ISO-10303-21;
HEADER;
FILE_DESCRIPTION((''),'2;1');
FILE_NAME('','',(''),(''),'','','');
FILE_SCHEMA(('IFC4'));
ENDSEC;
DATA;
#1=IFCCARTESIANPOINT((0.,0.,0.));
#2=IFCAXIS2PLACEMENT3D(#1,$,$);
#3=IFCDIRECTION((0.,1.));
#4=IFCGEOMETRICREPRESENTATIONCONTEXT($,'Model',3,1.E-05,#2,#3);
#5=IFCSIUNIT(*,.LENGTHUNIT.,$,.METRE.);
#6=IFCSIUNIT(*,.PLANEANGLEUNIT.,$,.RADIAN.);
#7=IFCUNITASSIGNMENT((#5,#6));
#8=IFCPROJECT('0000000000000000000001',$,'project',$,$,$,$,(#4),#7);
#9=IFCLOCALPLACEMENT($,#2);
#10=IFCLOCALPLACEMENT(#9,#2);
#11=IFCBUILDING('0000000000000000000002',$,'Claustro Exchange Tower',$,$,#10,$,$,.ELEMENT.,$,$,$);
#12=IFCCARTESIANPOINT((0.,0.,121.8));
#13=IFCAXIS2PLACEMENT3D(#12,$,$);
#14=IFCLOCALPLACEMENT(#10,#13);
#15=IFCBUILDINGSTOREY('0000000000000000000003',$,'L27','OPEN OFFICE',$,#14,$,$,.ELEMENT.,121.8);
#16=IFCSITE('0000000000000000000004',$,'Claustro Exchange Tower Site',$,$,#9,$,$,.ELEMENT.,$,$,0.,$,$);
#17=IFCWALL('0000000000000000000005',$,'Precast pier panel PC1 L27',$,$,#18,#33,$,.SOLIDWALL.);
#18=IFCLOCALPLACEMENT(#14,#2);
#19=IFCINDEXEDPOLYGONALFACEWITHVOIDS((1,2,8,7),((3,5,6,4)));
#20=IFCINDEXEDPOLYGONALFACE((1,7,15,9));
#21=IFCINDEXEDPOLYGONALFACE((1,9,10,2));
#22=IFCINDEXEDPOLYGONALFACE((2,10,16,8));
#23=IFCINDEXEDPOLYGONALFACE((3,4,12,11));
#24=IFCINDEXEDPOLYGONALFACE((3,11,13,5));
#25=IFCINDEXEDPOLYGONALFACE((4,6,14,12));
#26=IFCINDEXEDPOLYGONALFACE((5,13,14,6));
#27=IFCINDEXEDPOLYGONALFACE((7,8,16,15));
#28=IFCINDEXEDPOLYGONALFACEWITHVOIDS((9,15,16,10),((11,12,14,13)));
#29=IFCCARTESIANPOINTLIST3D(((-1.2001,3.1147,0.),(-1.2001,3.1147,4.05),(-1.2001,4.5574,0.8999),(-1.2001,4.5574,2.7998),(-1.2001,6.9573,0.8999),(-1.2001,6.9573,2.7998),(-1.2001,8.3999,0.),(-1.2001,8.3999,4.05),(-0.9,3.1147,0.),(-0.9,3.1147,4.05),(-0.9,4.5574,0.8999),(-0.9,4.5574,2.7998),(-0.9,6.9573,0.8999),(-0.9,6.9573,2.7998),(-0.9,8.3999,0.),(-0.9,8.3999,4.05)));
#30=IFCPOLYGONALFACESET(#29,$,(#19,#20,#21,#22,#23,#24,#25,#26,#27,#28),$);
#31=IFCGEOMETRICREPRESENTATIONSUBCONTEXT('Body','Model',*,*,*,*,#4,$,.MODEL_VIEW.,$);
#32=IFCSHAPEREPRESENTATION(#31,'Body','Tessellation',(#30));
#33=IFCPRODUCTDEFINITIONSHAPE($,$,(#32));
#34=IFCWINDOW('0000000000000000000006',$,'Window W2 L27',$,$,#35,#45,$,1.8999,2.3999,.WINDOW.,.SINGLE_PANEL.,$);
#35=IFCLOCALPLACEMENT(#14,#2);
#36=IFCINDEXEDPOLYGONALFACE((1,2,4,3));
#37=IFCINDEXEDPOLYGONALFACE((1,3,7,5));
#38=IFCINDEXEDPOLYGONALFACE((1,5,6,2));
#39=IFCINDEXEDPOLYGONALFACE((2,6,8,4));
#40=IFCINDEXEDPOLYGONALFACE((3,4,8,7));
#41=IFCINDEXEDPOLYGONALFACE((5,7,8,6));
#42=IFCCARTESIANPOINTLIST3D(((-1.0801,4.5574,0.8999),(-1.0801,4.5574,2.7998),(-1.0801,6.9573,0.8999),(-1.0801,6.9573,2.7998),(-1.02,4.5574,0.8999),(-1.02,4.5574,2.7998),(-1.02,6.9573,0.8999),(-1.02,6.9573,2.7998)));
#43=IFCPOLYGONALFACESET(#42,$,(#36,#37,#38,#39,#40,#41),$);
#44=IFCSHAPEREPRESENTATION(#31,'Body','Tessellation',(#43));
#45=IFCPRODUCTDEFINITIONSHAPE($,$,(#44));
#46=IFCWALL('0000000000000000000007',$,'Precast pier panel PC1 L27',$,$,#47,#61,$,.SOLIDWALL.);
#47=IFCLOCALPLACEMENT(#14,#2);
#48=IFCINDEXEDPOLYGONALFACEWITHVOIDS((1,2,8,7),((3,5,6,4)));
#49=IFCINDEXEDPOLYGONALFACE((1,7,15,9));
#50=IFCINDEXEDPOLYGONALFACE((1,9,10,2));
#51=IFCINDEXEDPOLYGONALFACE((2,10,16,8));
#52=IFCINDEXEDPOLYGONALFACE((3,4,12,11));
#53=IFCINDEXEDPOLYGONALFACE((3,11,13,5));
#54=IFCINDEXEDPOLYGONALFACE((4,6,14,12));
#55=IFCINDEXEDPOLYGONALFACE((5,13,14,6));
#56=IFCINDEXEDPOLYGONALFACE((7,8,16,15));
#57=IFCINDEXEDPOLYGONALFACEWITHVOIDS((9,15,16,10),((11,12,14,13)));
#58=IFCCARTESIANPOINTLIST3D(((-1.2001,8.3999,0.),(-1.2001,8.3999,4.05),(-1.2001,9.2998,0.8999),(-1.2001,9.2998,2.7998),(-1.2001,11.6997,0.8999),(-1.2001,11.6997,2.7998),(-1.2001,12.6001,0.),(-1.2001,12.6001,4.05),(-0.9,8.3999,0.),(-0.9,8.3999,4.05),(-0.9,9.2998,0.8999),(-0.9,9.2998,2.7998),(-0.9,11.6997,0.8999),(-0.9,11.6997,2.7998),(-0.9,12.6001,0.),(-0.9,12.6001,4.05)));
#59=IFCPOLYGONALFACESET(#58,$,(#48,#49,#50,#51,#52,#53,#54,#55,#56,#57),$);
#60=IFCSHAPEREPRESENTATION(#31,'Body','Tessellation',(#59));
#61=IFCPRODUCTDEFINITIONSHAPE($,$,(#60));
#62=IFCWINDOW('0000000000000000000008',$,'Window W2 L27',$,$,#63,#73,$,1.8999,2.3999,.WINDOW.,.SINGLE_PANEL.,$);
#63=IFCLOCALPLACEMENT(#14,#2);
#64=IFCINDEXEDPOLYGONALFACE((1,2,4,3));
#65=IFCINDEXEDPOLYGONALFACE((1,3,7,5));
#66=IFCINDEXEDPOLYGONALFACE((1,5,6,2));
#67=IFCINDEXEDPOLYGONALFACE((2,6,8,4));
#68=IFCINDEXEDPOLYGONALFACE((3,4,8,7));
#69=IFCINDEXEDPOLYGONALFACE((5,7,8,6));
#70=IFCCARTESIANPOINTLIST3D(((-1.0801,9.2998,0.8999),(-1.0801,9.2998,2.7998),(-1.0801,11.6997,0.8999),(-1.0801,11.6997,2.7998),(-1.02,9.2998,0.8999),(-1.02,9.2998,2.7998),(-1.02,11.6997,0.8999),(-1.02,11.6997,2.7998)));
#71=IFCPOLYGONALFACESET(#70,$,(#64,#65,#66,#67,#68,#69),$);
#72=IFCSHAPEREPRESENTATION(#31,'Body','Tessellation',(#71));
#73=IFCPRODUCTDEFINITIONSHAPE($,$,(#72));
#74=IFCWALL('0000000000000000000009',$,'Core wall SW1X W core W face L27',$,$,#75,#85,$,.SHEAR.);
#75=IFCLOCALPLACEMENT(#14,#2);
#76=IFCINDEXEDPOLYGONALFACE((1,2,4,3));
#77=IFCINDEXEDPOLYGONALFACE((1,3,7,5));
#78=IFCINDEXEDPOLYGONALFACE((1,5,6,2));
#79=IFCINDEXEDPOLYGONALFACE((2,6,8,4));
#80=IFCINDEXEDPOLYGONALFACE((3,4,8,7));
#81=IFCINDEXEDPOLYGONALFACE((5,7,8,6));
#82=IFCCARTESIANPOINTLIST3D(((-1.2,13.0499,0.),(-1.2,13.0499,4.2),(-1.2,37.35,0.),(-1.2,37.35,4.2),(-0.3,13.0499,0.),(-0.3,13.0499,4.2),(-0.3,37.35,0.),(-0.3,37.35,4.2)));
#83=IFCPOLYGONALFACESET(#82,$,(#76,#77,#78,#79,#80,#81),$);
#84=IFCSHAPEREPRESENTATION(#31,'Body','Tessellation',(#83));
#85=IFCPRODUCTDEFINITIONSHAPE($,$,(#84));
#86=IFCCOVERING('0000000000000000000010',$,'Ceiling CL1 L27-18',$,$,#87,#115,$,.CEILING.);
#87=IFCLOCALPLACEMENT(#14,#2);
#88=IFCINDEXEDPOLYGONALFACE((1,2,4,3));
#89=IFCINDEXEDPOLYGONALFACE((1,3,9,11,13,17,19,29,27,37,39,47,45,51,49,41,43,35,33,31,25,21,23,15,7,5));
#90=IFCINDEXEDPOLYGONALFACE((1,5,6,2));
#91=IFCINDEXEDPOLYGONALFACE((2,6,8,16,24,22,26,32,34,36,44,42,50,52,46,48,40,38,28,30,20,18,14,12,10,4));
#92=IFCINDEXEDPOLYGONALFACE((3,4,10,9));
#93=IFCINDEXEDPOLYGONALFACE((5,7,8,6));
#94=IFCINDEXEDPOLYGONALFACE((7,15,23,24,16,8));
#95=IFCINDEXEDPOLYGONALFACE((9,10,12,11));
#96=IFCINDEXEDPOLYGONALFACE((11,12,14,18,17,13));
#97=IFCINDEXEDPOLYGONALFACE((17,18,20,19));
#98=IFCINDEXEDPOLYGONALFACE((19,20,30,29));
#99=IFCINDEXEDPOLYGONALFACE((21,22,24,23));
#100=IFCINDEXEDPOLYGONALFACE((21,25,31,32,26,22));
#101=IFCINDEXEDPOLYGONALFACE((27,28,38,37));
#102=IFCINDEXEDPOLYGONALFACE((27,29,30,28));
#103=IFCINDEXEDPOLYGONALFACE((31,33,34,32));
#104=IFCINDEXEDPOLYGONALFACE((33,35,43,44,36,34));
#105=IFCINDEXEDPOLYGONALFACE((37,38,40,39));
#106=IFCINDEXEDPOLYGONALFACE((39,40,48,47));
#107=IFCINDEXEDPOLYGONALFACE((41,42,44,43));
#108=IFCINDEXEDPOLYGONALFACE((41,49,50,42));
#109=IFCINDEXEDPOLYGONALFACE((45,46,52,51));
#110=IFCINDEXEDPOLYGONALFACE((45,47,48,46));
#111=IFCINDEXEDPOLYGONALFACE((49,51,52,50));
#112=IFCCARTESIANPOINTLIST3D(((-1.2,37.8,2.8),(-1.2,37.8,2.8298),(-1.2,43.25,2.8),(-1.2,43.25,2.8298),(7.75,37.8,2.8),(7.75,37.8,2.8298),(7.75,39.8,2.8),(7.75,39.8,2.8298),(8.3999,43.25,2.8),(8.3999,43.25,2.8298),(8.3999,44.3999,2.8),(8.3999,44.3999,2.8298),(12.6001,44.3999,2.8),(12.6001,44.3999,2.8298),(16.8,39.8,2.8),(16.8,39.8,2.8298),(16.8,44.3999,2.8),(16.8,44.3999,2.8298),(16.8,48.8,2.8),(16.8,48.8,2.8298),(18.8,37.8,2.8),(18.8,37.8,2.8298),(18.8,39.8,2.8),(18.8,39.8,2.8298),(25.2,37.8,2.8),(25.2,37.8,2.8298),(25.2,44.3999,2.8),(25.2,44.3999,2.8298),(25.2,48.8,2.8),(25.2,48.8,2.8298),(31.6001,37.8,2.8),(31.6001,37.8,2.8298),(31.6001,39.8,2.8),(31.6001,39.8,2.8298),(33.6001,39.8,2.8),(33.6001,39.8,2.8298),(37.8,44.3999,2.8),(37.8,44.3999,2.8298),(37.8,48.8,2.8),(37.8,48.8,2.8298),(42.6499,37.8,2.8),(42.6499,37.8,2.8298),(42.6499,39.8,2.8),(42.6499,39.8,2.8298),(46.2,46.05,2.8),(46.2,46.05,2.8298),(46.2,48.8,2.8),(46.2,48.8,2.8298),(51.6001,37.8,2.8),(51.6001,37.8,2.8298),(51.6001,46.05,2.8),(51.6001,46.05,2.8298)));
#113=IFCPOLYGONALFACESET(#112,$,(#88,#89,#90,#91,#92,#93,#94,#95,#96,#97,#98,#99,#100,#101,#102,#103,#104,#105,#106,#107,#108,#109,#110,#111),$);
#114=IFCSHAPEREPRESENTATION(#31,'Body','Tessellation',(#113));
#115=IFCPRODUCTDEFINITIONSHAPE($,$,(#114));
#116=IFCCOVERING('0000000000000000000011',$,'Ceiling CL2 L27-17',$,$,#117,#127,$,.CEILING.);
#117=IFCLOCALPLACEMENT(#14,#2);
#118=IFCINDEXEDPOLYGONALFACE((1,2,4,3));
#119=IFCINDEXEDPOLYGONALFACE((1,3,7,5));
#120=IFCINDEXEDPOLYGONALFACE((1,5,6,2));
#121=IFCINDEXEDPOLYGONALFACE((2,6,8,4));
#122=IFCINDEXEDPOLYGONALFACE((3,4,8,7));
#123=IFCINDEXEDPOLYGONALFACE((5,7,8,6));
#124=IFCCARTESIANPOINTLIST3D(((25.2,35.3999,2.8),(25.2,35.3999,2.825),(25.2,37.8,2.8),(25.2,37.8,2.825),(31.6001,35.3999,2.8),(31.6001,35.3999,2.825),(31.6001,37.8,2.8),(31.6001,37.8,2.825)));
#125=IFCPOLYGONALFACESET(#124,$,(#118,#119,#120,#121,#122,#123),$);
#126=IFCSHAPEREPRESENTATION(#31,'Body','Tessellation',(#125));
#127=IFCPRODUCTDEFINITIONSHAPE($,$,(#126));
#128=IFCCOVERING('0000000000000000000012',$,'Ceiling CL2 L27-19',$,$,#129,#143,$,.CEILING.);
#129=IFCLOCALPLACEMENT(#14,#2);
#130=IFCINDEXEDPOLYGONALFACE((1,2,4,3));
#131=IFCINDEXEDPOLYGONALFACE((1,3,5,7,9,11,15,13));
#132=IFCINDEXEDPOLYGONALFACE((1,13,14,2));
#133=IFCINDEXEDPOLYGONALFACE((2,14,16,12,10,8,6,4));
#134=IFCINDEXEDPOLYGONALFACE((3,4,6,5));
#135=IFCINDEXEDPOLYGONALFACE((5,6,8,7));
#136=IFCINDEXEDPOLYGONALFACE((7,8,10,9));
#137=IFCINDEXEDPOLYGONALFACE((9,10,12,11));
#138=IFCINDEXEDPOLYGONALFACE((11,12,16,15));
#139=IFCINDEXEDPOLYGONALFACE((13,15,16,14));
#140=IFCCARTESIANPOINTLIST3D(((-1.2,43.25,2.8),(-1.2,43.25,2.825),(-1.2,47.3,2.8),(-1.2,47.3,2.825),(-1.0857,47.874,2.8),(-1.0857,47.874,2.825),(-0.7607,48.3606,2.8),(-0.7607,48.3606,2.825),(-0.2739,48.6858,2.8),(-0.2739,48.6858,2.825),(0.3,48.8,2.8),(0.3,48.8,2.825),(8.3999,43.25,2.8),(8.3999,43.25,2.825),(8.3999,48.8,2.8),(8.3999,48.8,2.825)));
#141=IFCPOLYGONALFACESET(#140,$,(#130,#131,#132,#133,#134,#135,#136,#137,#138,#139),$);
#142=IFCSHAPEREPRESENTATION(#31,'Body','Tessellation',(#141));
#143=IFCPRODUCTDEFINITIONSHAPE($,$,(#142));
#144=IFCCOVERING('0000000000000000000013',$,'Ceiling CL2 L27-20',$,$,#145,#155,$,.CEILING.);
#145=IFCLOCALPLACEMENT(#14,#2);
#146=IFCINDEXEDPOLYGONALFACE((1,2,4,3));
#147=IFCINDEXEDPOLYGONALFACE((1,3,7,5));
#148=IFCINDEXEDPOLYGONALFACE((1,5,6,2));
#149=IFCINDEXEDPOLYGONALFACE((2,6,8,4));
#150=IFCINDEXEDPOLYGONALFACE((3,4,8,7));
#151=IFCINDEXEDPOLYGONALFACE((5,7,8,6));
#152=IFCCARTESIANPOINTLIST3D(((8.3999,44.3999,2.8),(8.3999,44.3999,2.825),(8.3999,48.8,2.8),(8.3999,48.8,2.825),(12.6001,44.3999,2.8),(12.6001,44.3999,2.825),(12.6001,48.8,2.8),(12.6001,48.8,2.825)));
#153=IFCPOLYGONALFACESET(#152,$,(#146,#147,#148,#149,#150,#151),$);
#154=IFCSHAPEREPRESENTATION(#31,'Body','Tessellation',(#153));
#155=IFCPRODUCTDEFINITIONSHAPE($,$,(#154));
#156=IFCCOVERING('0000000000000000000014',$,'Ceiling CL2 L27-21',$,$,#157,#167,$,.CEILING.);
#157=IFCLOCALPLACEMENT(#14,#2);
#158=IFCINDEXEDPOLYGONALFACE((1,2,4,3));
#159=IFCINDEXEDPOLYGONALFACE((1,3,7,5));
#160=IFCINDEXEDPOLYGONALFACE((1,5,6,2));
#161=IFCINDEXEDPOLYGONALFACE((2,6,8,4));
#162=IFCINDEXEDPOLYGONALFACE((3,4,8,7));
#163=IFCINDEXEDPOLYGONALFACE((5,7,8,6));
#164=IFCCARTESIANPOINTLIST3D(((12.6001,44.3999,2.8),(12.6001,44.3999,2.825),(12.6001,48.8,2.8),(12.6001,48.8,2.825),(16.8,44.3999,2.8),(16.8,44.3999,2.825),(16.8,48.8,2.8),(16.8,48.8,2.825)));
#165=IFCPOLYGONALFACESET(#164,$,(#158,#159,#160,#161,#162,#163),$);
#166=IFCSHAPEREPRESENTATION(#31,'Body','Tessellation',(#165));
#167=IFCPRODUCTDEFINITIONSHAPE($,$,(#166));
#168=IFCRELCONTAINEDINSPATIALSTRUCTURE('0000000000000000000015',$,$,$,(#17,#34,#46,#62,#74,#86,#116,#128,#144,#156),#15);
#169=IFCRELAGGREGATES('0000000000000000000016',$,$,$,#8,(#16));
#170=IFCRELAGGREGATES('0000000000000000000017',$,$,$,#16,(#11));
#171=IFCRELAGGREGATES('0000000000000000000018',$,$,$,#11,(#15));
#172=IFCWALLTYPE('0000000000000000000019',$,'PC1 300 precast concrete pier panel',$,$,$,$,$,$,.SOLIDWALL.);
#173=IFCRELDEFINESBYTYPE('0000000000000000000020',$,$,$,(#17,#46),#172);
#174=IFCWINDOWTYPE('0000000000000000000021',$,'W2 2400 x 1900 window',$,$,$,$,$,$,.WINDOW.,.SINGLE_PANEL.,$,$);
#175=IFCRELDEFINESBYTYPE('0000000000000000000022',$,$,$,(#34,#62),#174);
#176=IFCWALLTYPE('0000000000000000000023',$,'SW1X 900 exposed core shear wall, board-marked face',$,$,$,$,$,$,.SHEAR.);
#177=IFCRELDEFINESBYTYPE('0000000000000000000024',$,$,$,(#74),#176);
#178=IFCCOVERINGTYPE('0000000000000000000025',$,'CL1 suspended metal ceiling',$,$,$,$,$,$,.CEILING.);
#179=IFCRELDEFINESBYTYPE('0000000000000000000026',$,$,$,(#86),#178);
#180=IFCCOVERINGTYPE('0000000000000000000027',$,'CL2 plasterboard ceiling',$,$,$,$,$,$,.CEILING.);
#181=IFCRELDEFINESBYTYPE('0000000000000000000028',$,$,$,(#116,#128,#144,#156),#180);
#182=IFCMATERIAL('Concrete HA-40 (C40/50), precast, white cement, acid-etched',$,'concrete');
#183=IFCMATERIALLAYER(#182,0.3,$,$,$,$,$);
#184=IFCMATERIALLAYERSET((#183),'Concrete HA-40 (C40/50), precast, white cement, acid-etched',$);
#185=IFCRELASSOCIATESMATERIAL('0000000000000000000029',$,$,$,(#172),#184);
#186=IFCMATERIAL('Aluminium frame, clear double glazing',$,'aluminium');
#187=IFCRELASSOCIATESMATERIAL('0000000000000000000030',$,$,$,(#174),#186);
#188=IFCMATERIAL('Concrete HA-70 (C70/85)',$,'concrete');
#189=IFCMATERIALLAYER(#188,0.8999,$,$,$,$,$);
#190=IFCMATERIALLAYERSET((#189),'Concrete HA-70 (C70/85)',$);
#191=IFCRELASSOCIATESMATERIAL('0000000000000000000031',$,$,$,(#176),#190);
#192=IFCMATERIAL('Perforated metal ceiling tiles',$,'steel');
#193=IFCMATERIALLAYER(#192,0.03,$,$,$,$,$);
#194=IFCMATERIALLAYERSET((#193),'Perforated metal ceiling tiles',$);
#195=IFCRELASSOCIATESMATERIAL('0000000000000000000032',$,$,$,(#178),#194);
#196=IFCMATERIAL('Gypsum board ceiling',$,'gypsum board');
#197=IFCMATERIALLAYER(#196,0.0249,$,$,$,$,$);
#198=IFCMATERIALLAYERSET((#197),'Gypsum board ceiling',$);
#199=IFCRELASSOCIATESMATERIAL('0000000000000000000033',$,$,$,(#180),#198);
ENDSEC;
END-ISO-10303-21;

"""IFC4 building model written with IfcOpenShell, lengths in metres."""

from ifc_helpers import new_model, si_unit, direction, frame, frame_2d, origin, place, context, subcontext, project, spatial, polyline, rectangle, outline, extrude, material, layer, layer_set, type_object, element, fill, save


model = new_model("IFC4")

# Units and contexts
model_context = context("Model", 3, precision=1e-05, world=origin(), true_north=direction((0.0, 1.0)))
body_context = subcontext(model_context, "Body", "Model", "MODEL_VIEW")
ifc_project = project(units=[si_unit("LENGTHUNIT", "METRE"), si_unit("PLANEANGLEUNIT", "RADIAN")], contexts=[model_context])

# Site, building, storey
site_placement = place(None, origin())
site = spatial("IfcSite", under=ifc_project, at=site_placement, Name="Claustro Exchange Tower Site", CompositionType="ELEMENT", RefElevation=0.0)
building_placement = place(site_placement, origin())
building = spatial("IfcBuilding", under=site, at=building_placement, Name="Claustro Exchange Tower", CompositionType="ELEMENT")
storey_placement = place(building_placement, frame((0.0, 0.0, 121.8)))
storey = spatial("IfcBuildingStorey", under=building, at=storey_placement, Name="L27", Description="OPEN OFFICE", CompositionType="ELEMENT", Elevation=121.8)

# Shared definitions
ifc_material_1 = material(Name="Concrete HA-40 (C40/50), precast, white cement, acid-etched", Category="concrete")
ifc_layer_1 = layer(ifc_material_1, 0.3)
ifc_layer_set_1 = layer_set([ifc_layer_1], Name="Concrete HA-40 (C40/50), precast, white cement, acid-etched")
wall_type_1 = type_object("IfcWallType", Name="PC1 300 precast concrete pier panel", PredefinedType="SOLIDWALL", material=ifc_layer_set_1)

# Walls, openings, windows
wall_1_placement = place(storey_placement, frame((-1.05, 3.1147, 0.0), z_axis=(0.0, 0.0, 1.0), x_axis=(0.0, 1.0, 0.0)))
wall_1 = element("IfcWall", 1, at=wall_1_placement, inside=storey, type_object=wall_type_1, Name="Precast pier panel PC1 L27", PredefinedType="SOLIDWALL", context=body_context, shape_type="SweptSolid", body=[
    extrude(rectangle(XDim=5.2852, YDim=0.3, at=frame_2d((2.6426, 0.0))), origin(), (0.0, 0.0, 1.0), 4.05),
])
opening_1_placement = place(wall_1_placement, frame((1.4426, 0.0, 0.8999)))
opening_1 = element("IfcOpeningElement", 2, at=opening_1_placement, cuts=wall_1, PredefinedType="OPENING", context=body_context, shape_type="SweptSolid", body=[
    extrude(rectangle(XDim=2.3999, YDim=1.8999, at=frame_2d((1.2, 0.95))), frame((0.0, 0.1599, 0.0), z_axis=(0.0, -1.0, 0.0), x_axis=(1.0, 0.0, 0.0)), (0.0, 0.0, 1.0), 0.3201),
])
ifc_material_2 = material(Name="Aluminium frame, clear double glazing", Category="aluminium")
window_type = type_object("IfcWindowType", Name="W2 2400 x 1900 window", PartitioningType="SINGLE_PANEL", PredefinedType="WINDOW", material=ifc_material_2)
window_1_placement = place(opening_1_placement, origin())
window_1 = element("IfcWindow", 3, at=window_1_placement, inside=storey, type_object=window_type, Name="Window W2 L27", OverallHeight=1.8999, OverallWidth=2.3999, PartitioningType="SINGLE_PANEL", PredefinedType="WINDOW", context=body_context, shape_type="SweptSolid", body=[
    extrude(rectangle(XDim=2.3999, YDim=1.8999, at=frame_2d((1.2, 0.95))), frame((0.0, 0.03, 0.0), z_axis=(0.0, -1.0, 0.0), x_axis=(1.0, 0.0, 0.0)), (0.0, 0.0, 1.0), 0.0601),
])
fill(opening_1, window_1)
wall_2_placement = place(storey_placement, frame((-1.05, 8.3999, 0.0), z_axis=(0.0, 0.0, 1.0), x_axis=(0.0, 1.0, 0.0)))
wall_2 = element("IfcWall", 4, at=wall_2_placement, inside=storey, type_object=wall_type_1, Name="Precast pier panel PC1 L27", PredefinedType="SOLIDWALL", context=body_context, shape_type="SweptSolid", body=[
    extrude(rectangle(XDim=4.2002, YDim=0.3, at=frame_2d((2.1001, 0.0))), origin(), (0.0, 0.0, 1.0), 4.05),
])
opening_2_placement = place(wall_2_placement, frame((0.8999, 0.0, 0.8999)))
opening_2 = element("IfcOpeningElement", 5, at=opening_2_placement, cuts=wall_2, PredefinedType="OPENING", context=body_context, shape_type="SweptSolid", body=[
    extrude(rectangle(XDim=2.3999, YDim=1.8999, at=frame_2d((1.2, 0.95))), frame((0.0, 0.1599, 0.0), z_axis=(0.0, -1.0, 0.0), x_axis=(1.0, 0.0, 0.0)), (0.0, 0.0, 1.0), 0.3201),
])
window_2_placement = place(opening_2_placement, origin())
window_2 = element("IfcWindow", 6, at=window_2_placement, inside=storey, type_object=window_type, Name="Window W2 L27", OverallHeight=1.8999, OverallWidth=2.3999, PartitioningType="SINGLE_PANEL", PredefinedType="WINDOW", context=body_context, shape_type="SweptSolid", body=[
    extrude(rectangle(XDim=2.3999, YDim=1.8999, at=frame_2d((1.2, 0.95))), frame((0.0, 0.03, 0.0), z_axis=(0.0, -1.0, 0.0), x_axis=(1.0, 0.0, 0.0)), (0.0, 0.0, 1.0), 0.0601),
])
fill(opening_2, window_2)

# Wall
ifc_material_3 = material(Name="Concrete HA-70 (C70/85)", Category="concrete")
ifc_layer_2 = layer(ifc_material_3, 0.8999)
ifc_layer_set_2 = layer_set([ifc_layer_2], Name="Concrete HA-70 (C70/85)")
wall_type_2 = type_object("IfcWallType", Name="SW1X 900 exposed core shear wall, board-marked face", PredefinedType="SHEAR", material=ifc_layer_set_2)
wall_3_placement = place(storey_placement, frame((-0.75, 13.05, 0.0), z_axis=(0.0, 0.0, 1.0), x_axis=(0.0, 1.0, 0.0)))
element("IfcWall", 7, at=wall_3_placement, inside=storey, type_object=wall_type_2, Name="Core wall SW1X W core W face L27", PredefinedType="SHEAR", context=body_context, shape_type="SweptSolid", body=[
    extrude(rectangle(XDim=24.3, YDim=0.8999, at=frame_2d((12.1499, 0.0))), origin(), (0.0, 0.0, 1.0), 4.2),
])

# Coverings
ifc_material_4 = material(Name="Perforated metal ceiling tiles", Category="steel")
ifc_layer_3 = layer(ifc_material_4, 0.03)
ifc_layer_set_3 = layer_set([ifc_layer_3], Name="Perforated metal ceiling tiles")
covering_type_1 = type_object("IfcCoveringType", Name="CL1 suspended metal ceiling", PredefinedType="CEILING", material=ifc_layer_set_3)
covering_1_placement = place(storey_placement, frame((0.0, 0.0, 2.8)))
element("IfcCovering", 8, at=covering_1_placement, inside=storey, type_object=covering_type_1, Name="Ceiling CL1 L27-18", PredefinedType="CEILING", context=body_context, shape_type="SweptSolid", body=[
    extrude(outline(polyline([(-1.2, 43.25), (-1.2, 37.8), (7.75, 37.8), (7.75, 39.8), (16.8, 39.8), (18.8, 39.8), (18.8, 37.8), (25.2, 37.8), (31.6001, 37.8), (31.6001, 39.8), (33.6001, 39.8), (42.6499, 39.8), (42.6499, 37.8), (51.6001, 37.8), (51.6001, 46.05), (46.2, 46.05), (46.2, 48.8), (37.8, 48.8), (37.8, 44.3999), (25.2, 44.3999), (25.2, 48.8), (16.8, 48.8), (16.8, 44.3999), (12.6001, 44.3999), (8.3999, 44.3999), (8.3999, 43.25), (-1.2, 43.25)])), origin(), (0.0, 0.0, 1.0), 0.0298),
])
ifc_material_5 = material(Name="Gypsum board ceiling", Category="gypsum board")
ifc_layer_4 = layer(ifc_material_5, 0.0249)
ifc_layer_set_4 = layer_set([ifc_layer_4], Name="Gypsum board ceiling")
covering_type_2 = type_object("IfcCoveringType", Name="CL2 plasterboard ceiling", PredefinedType="CEILING", material=ifc_layer_set_4)
covering_2_placement = place(storey_placement, frame((0.0, 0.0, 2.8)))
element("IfcCovering", 9, at=covering_2_placement, inside=storey, type_object=covering_type_2, Name="Ceiling CL2 L27-17", PredefinedType="CEILING", context=body_context, shape_type="SweptSolid", body=[
    extrude(outline(polyline([(25.2, 35.3999), (31.6001, 35.3999), (31.6001, 37.8), (25.2, 37.8), (25.2, 35.3999)])), origin(), (0.0, 0.0, 1.0), 0.0249),
])
covering_3_placement = place(storey_placement, frame((0.0, 0.0, 2.8)))
element("IfcCovering", 10, at=covering_3_placement, inside=storey, type_object=covering_type_2, Name="Ceiling CL2 L27-19", PredefinedType="CEILING", context=body_context, shape_type="SweptSolid", body=[
    extrude(outline(polyline([(-1.2, 47.3), (-1.2, 43.25), (8.3999, 43.25), (8.3999, 48.8), (0.3, 48.8), (-0.2739, 48.6858), (-0.7607, 48.3606), (-1.0857, 47.874), (-1.2, 47.3)])), origin(), (0.0, 0.0, 1.0), 0.0249),
])
covering_4_placement = place(storey_placement, frame((0.0, 0.0, 2.8)))
element("IfcCovering", 11, at=covering_4_placement, inside=storey, type_object=covering_type_2, Name="Ceiling CL2 L27-20", PredefinedType="CEILING", context=body_context, shape_type="SweptSolid", body=[
    extrude(outline(polyline([(12.6001, 48.8), (8.3999, 48.8), (8.3999, 44.3999), (12.6001, 44.3999), (12.6001, 48.8)])), origin(), (0.0, 0.0, 1.0), 0.0249),
])
covering_5_placement = place(storey_placement, frame((0.0, 0.0, 2.8)))
element("IfcCovering", 12, at=covering_5_placement, inside=storey, type_object=covering_type_2, Name="Ceiling CL2 L27-21", PredefinedType="CEILING", context=body_context, shape_type="SweptSolid", body=[
    extrude(outline(polyline([(16.8, 48.8), (12.6001, 48.8), (12.6001, 44.3999), (16.8, 44.3999), (16.8, 48.8)])), origin(), (0.0, 0.0, 1.0), 0.0249),
])

save(model, "model.ifc")
